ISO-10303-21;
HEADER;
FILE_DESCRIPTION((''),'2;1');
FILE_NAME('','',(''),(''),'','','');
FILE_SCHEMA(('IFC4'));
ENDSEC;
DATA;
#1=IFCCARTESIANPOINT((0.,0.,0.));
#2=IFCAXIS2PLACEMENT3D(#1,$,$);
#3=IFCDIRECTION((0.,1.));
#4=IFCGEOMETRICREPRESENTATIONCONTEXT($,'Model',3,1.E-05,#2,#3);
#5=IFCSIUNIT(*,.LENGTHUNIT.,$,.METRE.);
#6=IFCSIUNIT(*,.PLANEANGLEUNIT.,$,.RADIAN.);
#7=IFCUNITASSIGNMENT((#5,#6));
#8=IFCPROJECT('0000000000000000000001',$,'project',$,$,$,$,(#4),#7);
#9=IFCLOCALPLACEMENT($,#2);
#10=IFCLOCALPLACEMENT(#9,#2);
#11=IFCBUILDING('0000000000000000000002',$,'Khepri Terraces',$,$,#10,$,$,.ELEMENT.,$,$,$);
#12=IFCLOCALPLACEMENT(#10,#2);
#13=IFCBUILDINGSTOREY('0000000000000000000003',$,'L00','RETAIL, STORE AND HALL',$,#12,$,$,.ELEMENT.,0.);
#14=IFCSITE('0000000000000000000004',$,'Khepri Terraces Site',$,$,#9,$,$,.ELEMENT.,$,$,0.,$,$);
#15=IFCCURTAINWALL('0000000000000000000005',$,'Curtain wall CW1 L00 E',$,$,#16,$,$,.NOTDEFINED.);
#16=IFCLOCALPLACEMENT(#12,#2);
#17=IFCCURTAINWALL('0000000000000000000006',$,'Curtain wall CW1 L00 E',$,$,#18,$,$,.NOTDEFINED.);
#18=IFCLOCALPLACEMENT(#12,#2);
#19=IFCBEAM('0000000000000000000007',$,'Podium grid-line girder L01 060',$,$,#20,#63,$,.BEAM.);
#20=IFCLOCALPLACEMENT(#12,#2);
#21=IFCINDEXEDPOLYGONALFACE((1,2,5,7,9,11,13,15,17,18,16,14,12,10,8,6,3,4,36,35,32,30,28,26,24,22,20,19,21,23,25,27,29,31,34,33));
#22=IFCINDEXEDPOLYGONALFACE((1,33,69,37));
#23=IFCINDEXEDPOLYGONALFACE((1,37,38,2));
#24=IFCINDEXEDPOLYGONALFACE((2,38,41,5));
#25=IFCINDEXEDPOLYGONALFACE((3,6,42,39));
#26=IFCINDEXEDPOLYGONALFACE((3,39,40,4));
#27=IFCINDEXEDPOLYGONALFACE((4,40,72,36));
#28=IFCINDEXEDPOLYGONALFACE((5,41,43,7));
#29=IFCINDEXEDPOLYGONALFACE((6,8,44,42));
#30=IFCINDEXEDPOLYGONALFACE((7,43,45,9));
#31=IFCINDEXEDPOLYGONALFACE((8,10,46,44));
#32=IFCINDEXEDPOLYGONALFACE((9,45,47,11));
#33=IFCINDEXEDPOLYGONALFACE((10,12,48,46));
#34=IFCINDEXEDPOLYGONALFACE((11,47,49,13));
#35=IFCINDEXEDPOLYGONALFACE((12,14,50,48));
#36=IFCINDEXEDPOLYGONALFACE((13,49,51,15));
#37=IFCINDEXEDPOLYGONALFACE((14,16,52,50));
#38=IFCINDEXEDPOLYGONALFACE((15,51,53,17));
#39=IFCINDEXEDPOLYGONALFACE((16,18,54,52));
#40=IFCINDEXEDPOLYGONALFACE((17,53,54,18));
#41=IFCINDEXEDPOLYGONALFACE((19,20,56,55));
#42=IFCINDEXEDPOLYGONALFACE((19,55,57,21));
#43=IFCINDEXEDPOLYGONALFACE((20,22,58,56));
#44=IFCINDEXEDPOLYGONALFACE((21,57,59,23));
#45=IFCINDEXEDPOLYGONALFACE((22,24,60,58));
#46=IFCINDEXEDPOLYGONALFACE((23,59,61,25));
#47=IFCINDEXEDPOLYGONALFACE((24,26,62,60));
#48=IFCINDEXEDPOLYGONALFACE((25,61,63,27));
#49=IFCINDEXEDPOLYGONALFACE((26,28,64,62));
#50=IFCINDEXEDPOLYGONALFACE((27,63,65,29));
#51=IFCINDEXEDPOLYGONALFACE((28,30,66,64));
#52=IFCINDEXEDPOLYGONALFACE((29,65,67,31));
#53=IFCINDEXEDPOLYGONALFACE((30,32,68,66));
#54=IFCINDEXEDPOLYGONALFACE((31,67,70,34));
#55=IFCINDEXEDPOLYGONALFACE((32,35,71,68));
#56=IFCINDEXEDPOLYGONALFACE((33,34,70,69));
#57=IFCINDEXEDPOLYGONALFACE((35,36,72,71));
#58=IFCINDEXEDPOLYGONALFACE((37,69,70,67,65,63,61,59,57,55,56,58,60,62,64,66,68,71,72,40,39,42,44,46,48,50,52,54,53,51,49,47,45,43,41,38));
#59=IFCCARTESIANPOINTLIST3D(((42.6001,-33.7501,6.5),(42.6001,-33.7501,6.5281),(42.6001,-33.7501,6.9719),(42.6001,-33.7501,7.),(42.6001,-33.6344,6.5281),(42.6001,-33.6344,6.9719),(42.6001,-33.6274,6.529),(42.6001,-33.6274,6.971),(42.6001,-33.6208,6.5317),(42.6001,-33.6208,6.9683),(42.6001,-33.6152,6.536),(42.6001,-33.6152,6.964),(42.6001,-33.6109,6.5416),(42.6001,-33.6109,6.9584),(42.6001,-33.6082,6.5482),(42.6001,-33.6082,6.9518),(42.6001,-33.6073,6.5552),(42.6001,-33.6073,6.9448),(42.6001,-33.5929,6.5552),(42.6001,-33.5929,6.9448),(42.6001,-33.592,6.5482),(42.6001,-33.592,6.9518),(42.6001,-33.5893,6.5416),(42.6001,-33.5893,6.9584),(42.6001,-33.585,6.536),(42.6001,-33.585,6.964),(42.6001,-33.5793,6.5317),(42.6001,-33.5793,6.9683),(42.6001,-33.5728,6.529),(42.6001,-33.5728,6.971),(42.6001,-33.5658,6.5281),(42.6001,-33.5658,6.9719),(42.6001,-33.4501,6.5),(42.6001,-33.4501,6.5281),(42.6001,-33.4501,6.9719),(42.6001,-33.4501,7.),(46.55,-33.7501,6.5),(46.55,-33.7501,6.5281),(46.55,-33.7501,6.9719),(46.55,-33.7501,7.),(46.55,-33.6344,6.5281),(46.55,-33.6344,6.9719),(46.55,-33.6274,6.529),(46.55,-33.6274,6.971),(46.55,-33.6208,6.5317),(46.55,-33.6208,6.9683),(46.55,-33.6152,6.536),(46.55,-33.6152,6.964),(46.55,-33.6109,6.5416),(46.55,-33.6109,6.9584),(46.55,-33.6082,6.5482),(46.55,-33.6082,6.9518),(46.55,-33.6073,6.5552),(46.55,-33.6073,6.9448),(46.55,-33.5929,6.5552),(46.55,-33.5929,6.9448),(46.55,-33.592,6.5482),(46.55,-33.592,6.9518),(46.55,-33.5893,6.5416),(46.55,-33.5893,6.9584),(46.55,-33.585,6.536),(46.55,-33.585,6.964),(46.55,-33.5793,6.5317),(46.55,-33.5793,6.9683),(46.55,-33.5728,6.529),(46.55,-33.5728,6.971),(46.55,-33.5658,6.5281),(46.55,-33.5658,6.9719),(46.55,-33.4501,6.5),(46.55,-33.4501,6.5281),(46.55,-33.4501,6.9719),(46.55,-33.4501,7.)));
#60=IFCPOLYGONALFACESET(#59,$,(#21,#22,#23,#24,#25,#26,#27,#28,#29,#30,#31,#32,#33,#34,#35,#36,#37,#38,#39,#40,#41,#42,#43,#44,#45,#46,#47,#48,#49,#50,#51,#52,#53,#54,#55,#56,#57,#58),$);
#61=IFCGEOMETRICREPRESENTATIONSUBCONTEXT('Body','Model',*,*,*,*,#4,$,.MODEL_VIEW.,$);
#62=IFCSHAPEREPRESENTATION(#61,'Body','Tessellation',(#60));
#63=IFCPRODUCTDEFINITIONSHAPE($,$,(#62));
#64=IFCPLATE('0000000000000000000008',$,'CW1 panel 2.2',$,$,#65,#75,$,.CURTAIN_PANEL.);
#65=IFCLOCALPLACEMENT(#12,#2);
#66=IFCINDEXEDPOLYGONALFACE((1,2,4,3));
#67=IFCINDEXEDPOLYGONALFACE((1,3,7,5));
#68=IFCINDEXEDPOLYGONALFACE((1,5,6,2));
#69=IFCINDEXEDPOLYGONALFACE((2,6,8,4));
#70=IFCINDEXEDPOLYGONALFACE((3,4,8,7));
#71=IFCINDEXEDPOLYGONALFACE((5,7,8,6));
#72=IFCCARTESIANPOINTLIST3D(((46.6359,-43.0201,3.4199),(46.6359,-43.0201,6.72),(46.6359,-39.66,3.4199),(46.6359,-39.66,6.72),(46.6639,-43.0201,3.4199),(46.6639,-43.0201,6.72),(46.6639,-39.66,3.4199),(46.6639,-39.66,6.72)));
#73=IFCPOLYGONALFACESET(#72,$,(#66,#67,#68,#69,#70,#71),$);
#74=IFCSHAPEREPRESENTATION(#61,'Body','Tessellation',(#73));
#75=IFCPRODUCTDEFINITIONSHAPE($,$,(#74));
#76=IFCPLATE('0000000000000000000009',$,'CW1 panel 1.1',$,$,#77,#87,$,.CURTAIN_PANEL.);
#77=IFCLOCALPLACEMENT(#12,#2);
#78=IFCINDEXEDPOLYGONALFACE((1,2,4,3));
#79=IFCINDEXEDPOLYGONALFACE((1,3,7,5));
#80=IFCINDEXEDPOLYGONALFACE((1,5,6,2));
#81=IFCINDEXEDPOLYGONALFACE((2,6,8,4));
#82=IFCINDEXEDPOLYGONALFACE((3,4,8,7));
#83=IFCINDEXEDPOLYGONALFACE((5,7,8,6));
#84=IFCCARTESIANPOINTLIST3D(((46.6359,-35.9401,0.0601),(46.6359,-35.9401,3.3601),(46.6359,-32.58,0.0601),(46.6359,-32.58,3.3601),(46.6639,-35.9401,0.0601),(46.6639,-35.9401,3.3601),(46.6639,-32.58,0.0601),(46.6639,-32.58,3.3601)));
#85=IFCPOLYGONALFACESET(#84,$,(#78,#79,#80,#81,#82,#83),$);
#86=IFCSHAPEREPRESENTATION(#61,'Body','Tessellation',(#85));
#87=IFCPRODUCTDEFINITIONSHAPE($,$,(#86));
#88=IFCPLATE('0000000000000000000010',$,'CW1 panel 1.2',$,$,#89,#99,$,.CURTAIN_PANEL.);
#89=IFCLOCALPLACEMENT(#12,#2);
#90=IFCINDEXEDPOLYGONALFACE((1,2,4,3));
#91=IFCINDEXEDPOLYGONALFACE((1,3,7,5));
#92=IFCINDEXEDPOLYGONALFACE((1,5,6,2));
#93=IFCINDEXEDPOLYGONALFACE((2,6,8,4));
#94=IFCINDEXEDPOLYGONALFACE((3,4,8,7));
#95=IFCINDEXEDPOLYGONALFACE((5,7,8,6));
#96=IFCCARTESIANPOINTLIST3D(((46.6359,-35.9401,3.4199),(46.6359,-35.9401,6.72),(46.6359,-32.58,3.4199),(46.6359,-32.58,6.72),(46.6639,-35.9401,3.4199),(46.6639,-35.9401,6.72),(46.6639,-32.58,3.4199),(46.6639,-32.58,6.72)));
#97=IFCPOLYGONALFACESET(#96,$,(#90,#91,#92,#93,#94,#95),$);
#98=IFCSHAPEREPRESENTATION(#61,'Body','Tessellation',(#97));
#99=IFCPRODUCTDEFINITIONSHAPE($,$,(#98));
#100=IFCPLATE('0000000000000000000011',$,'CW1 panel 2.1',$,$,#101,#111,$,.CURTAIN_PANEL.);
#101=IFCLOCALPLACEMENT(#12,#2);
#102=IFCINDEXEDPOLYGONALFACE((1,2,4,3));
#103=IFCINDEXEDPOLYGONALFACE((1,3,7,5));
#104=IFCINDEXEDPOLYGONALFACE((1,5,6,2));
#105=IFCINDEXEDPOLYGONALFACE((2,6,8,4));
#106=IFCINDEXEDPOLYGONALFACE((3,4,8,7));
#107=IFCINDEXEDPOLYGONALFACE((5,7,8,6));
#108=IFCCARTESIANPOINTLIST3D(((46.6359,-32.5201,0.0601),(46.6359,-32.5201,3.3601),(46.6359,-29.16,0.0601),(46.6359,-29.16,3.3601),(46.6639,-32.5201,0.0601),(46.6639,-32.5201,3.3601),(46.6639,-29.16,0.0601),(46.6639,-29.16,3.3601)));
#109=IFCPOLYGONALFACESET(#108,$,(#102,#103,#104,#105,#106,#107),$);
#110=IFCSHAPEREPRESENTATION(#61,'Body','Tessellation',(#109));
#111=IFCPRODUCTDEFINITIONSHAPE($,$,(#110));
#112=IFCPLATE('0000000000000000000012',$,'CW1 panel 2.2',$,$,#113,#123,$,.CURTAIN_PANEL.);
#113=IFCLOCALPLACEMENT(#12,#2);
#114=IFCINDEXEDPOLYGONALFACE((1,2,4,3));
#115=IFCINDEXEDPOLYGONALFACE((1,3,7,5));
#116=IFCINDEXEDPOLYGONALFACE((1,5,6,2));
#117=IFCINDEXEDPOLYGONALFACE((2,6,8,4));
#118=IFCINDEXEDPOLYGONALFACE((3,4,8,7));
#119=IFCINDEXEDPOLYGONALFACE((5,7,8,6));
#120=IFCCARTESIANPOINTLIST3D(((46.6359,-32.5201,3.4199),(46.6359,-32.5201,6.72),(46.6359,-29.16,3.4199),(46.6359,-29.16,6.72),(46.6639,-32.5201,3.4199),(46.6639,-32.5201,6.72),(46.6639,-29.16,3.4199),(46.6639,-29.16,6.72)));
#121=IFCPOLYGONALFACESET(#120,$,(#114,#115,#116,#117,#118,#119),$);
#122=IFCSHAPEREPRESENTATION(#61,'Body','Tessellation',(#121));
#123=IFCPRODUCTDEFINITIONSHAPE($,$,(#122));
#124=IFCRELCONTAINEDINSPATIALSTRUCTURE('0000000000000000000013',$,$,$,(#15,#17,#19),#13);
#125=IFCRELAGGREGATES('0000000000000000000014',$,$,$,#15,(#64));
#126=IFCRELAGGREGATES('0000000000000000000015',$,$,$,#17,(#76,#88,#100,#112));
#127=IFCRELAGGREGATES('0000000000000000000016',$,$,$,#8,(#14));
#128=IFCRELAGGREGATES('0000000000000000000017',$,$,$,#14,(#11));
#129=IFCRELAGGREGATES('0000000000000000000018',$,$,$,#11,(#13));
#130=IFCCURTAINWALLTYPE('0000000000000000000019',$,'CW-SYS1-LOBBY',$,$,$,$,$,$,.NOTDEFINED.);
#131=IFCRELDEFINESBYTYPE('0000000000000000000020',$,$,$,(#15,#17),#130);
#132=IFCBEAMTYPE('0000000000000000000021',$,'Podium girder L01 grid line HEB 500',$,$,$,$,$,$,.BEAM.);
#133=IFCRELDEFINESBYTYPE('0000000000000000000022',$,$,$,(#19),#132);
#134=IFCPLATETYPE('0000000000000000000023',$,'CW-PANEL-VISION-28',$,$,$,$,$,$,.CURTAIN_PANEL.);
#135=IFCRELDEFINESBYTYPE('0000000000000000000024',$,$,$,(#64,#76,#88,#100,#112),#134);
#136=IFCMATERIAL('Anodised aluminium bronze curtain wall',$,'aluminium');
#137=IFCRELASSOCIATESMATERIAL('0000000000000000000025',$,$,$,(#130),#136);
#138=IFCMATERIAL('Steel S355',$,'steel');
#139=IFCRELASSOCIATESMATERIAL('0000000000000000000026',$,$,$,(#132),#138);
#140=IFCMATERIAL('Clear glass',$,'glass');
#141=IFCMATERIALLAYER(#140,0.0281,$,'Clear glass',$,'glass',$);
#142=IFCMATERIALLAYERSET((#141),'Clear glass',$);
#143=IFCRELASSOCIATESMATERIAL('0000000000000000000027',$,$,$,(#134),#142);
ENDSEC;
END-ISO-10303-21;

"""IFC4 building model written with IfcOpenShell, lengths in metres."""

from ifc_helpers import new_model, si_unit, direction, frame, origin, origin_2d, place, context, subcontext, project, spatial, rectangle, i_section, extrude, material, layer, layer_set, material_profile, profile_set, type_object, element, aggregate, save


model = new_model("IFC4")

# Units and contexts
model_context = context("Model", 3, precision=1e-05, world=origin(), true_north=direction((0.0, 1.0)))
body_context = subcontext(model_context, "Body", "Model", "MODEL_VIEW")
ifc_project = project(units=[si_unit("LENGTHUNIT", "METRE"), si_unit("PLANEANGLEUNIT", "RADIAN")], contexts=[model_context])

# Site, building, storey
site_placement = place(None, origin())
site = spatial("IfcSite", under=ifc_project, at=site_placement, Name="Khepri Terraces Site", CompositionType="ELEMENT", RefElevation=0.0)
building_placement = place(site_placement, origin())
building = spatial("IfcBuilding", under=site, at=building_placement, Name="Khepri Terraces", CompositionType="ELEMENT")
storey_placement = place(building_placement, origin())
storey = spatial("IfcBuildingStorey", under=building, at=storey_placement, Name="L00", Description="RETAIL, STORE AND HALL", CompositionType="ELEMENT", Elevation=0.0)

# Curtain wall
ifc_material_1 = material(Name="Anodised aluminium bronze curtain wall", Category="aluminium")
curtain_wall_type = type_object("IfcCurtainWallType", Name="CW-SYS1-LOBBY", PredefinedType="NOTDEFINED", material=ifc_material_1)
curtain_wall_1_placement = place(storey_placement, origin())
curtain_wall_1 = element("IfcCurtainWall", 1, at=curtain_wall_1_placement, inside=storey, type_object=curtain_wall_type, Name="Curtain wall CW1 L00 E", PredefinedType="NOTDEFINED")

# Curtain wall
curtain_wall_2_placement = place(storey_placement, origin())
curtain_wall_2 = element("IfcCurtainWall", 2, at=curtain_wall_2_placement, inside=storey, type_object=curtain_wall_type, Name="Curtain wall CW1 L00 E", PredefinedType="NOTDEFINED")

# Beam
ifc_material_2 = material(Name="Steel S355", Category="steel")
ifc_material_profile_1 = material_profile(ifc_material_2, i_section(OverallWidth=0.3, OverallDepth=0.5, WebThickness=0.0144, FlangeThickness=0.0281, FilletRadius=0.0271, at=origin_2d()), Name="Steel S355", Category="steel")
ifc_profile_set_1 = profile_set([ifc_material_profile_1], Name="Steel S355")
beam_type_1 = type_object("IfcBeamType", Name="Podium girder L01 grid line HEB 500", PredefinedType="BEAM", material=ifc_profile_set_1)
beam_1_placement = place(storey_placement, frame((42.6001, -33.6001, 6.75), z_axis=(1.0, 0.0, 0.0), x_axis=(0.0, 1.0, 0.0)))
element("IfcBeam", 3, at=beam_1_placement, inside=storey, type_object=beam_type_1, Name="Podium grid-line girder L01 060", PredefinedType="BEAM", context=body_context, shape_type="SweptSolid", body=[
    extrude(i_section(OverallWidth=0.3, OverallDepth=0.5, WebThickness=0.0144, FlangeThickness=0.0281, FilletRadius=0.0271, at=origin_2d()), origin(), (0.0, 0.0, 1.0), 3.95),
])

# Plates
ifc_material_3 = material(Name="Clear glass", Category="glass")
ifc_layer_1 = layer(ifc_material_3, 0.0281, Name="Clear glass", Category="glass")
ifc_layer_set_1 = layer_set([ifc_layer_1], Name="Clear glass")
plate_type = type_object("IfcPlateType", Name="CW-PANEL-VISION-28", PredefinedType="CURTAIN_PANEL", material=ifc_layer_set_1)
plate_1_placement = place(storey_placement, frame((46.6499, -41.3401, 3.4199), z_axis=(0.0, 0.0, 1.0), x_axis=(0.0, 1.0, 0.0)))
plate_1 = element("IfcPlate", 4, at=plate_1_placement, type_object=plate_type, Name="CW1 panel 2.2", PredefinedType="CURTAIN_PANEL", context=body_context, shape_type="SweptSolid", body=[
    extrude(rectangle(XDim=3.3601, YDim=0.0281, at=origin_2d()), origin(), (0.0, 0.0, 1.0), 3.3),
])
aggregate(curtain_wall_1, [plate_1])
plate_2_placement = place(storey_placement, frame((46.6499, -34.26, 0.0601), z_axis=(0.0, 0.0, 1.0), x_axis=(0.0, 1.0, 0.0)))
plate_2 = element("IfcPlate", 5, at=plate_2_placement, type_object=plate_type, Name="CW1 panel 1.1", PredefinedType="CURTAIN_PANEL", context=body_context, shape_type="SweptSolid", body=[
    extrude(rectangle(XDim=3.3601, YDim=0.0281, at=origin_2d()), origin(), (0.0, 0.0, 1.0), 3.3),
])
plate_3_placement = place(storey_placement, frame((46.6499, -34.26, 3.4199), z_axis=(0.0, 0.0, 1.0), x_axis=(0.0, 1.0, 0.0)))
plate_3 = element("IfcPlate", 6, at=plate_3_placement, type_object=plate_type, Name="CW1 panel 1.2", PredefinedType="CURTAIN_PANEL", context=body_context, shape_type="SweptSolid", body=[
    extrude(rectangle(XDim=3.3601, YDim=0.0281, at=origin_2d()), origin(), (0.0, 0.0, 1.0), 3.3),
])
plate_4_placement = place(storey_placement, frame((46.6499, -30.8401, 0.0601), z_axis=(0.0, 0.0, 1.0), x_axis=(0.0, 1.0, 0.0)))
plate_4 = element("IfcPlate", 7, at=plate_4_placement, type_object=plate_type, Name="CW1 panel 2.1", PredefinedType="CURTAIN_PANEL", context=body_context, shape_type="SweptSolid", body=[
    extrude(rectangle(XDim=3.3601, YDim=0.0281, at=origin_2d()), origin(), (0.0, 0.0, 1.0), 3.3),
])
plate_5_placement = place(storey_placement, frame((46.6499, -30.8401, 3.4199), z_axis=(0.0, 0.0, 1.0), x_axis=(0.0, 1.0, 0.0)))
plate_5 = element("IfcPlate", 8, at=plate_5_placement, type_object=plate_type, Name="CW1 panel 2.2", PredefinedType="CURTAIN_PANEL", context=body_context, shape_type="SweptSolid", body=[
    extrude(rectangle(XDim=3.3601, YDim=0.0281, at=origin_2d()), origin(), (0.0, 0.0, 1.0), 3.3),
])
aggregate(curtain_wall_2, [plate_2, plate_3, plate_4, plate_5])

save(model, "model.ifc")
